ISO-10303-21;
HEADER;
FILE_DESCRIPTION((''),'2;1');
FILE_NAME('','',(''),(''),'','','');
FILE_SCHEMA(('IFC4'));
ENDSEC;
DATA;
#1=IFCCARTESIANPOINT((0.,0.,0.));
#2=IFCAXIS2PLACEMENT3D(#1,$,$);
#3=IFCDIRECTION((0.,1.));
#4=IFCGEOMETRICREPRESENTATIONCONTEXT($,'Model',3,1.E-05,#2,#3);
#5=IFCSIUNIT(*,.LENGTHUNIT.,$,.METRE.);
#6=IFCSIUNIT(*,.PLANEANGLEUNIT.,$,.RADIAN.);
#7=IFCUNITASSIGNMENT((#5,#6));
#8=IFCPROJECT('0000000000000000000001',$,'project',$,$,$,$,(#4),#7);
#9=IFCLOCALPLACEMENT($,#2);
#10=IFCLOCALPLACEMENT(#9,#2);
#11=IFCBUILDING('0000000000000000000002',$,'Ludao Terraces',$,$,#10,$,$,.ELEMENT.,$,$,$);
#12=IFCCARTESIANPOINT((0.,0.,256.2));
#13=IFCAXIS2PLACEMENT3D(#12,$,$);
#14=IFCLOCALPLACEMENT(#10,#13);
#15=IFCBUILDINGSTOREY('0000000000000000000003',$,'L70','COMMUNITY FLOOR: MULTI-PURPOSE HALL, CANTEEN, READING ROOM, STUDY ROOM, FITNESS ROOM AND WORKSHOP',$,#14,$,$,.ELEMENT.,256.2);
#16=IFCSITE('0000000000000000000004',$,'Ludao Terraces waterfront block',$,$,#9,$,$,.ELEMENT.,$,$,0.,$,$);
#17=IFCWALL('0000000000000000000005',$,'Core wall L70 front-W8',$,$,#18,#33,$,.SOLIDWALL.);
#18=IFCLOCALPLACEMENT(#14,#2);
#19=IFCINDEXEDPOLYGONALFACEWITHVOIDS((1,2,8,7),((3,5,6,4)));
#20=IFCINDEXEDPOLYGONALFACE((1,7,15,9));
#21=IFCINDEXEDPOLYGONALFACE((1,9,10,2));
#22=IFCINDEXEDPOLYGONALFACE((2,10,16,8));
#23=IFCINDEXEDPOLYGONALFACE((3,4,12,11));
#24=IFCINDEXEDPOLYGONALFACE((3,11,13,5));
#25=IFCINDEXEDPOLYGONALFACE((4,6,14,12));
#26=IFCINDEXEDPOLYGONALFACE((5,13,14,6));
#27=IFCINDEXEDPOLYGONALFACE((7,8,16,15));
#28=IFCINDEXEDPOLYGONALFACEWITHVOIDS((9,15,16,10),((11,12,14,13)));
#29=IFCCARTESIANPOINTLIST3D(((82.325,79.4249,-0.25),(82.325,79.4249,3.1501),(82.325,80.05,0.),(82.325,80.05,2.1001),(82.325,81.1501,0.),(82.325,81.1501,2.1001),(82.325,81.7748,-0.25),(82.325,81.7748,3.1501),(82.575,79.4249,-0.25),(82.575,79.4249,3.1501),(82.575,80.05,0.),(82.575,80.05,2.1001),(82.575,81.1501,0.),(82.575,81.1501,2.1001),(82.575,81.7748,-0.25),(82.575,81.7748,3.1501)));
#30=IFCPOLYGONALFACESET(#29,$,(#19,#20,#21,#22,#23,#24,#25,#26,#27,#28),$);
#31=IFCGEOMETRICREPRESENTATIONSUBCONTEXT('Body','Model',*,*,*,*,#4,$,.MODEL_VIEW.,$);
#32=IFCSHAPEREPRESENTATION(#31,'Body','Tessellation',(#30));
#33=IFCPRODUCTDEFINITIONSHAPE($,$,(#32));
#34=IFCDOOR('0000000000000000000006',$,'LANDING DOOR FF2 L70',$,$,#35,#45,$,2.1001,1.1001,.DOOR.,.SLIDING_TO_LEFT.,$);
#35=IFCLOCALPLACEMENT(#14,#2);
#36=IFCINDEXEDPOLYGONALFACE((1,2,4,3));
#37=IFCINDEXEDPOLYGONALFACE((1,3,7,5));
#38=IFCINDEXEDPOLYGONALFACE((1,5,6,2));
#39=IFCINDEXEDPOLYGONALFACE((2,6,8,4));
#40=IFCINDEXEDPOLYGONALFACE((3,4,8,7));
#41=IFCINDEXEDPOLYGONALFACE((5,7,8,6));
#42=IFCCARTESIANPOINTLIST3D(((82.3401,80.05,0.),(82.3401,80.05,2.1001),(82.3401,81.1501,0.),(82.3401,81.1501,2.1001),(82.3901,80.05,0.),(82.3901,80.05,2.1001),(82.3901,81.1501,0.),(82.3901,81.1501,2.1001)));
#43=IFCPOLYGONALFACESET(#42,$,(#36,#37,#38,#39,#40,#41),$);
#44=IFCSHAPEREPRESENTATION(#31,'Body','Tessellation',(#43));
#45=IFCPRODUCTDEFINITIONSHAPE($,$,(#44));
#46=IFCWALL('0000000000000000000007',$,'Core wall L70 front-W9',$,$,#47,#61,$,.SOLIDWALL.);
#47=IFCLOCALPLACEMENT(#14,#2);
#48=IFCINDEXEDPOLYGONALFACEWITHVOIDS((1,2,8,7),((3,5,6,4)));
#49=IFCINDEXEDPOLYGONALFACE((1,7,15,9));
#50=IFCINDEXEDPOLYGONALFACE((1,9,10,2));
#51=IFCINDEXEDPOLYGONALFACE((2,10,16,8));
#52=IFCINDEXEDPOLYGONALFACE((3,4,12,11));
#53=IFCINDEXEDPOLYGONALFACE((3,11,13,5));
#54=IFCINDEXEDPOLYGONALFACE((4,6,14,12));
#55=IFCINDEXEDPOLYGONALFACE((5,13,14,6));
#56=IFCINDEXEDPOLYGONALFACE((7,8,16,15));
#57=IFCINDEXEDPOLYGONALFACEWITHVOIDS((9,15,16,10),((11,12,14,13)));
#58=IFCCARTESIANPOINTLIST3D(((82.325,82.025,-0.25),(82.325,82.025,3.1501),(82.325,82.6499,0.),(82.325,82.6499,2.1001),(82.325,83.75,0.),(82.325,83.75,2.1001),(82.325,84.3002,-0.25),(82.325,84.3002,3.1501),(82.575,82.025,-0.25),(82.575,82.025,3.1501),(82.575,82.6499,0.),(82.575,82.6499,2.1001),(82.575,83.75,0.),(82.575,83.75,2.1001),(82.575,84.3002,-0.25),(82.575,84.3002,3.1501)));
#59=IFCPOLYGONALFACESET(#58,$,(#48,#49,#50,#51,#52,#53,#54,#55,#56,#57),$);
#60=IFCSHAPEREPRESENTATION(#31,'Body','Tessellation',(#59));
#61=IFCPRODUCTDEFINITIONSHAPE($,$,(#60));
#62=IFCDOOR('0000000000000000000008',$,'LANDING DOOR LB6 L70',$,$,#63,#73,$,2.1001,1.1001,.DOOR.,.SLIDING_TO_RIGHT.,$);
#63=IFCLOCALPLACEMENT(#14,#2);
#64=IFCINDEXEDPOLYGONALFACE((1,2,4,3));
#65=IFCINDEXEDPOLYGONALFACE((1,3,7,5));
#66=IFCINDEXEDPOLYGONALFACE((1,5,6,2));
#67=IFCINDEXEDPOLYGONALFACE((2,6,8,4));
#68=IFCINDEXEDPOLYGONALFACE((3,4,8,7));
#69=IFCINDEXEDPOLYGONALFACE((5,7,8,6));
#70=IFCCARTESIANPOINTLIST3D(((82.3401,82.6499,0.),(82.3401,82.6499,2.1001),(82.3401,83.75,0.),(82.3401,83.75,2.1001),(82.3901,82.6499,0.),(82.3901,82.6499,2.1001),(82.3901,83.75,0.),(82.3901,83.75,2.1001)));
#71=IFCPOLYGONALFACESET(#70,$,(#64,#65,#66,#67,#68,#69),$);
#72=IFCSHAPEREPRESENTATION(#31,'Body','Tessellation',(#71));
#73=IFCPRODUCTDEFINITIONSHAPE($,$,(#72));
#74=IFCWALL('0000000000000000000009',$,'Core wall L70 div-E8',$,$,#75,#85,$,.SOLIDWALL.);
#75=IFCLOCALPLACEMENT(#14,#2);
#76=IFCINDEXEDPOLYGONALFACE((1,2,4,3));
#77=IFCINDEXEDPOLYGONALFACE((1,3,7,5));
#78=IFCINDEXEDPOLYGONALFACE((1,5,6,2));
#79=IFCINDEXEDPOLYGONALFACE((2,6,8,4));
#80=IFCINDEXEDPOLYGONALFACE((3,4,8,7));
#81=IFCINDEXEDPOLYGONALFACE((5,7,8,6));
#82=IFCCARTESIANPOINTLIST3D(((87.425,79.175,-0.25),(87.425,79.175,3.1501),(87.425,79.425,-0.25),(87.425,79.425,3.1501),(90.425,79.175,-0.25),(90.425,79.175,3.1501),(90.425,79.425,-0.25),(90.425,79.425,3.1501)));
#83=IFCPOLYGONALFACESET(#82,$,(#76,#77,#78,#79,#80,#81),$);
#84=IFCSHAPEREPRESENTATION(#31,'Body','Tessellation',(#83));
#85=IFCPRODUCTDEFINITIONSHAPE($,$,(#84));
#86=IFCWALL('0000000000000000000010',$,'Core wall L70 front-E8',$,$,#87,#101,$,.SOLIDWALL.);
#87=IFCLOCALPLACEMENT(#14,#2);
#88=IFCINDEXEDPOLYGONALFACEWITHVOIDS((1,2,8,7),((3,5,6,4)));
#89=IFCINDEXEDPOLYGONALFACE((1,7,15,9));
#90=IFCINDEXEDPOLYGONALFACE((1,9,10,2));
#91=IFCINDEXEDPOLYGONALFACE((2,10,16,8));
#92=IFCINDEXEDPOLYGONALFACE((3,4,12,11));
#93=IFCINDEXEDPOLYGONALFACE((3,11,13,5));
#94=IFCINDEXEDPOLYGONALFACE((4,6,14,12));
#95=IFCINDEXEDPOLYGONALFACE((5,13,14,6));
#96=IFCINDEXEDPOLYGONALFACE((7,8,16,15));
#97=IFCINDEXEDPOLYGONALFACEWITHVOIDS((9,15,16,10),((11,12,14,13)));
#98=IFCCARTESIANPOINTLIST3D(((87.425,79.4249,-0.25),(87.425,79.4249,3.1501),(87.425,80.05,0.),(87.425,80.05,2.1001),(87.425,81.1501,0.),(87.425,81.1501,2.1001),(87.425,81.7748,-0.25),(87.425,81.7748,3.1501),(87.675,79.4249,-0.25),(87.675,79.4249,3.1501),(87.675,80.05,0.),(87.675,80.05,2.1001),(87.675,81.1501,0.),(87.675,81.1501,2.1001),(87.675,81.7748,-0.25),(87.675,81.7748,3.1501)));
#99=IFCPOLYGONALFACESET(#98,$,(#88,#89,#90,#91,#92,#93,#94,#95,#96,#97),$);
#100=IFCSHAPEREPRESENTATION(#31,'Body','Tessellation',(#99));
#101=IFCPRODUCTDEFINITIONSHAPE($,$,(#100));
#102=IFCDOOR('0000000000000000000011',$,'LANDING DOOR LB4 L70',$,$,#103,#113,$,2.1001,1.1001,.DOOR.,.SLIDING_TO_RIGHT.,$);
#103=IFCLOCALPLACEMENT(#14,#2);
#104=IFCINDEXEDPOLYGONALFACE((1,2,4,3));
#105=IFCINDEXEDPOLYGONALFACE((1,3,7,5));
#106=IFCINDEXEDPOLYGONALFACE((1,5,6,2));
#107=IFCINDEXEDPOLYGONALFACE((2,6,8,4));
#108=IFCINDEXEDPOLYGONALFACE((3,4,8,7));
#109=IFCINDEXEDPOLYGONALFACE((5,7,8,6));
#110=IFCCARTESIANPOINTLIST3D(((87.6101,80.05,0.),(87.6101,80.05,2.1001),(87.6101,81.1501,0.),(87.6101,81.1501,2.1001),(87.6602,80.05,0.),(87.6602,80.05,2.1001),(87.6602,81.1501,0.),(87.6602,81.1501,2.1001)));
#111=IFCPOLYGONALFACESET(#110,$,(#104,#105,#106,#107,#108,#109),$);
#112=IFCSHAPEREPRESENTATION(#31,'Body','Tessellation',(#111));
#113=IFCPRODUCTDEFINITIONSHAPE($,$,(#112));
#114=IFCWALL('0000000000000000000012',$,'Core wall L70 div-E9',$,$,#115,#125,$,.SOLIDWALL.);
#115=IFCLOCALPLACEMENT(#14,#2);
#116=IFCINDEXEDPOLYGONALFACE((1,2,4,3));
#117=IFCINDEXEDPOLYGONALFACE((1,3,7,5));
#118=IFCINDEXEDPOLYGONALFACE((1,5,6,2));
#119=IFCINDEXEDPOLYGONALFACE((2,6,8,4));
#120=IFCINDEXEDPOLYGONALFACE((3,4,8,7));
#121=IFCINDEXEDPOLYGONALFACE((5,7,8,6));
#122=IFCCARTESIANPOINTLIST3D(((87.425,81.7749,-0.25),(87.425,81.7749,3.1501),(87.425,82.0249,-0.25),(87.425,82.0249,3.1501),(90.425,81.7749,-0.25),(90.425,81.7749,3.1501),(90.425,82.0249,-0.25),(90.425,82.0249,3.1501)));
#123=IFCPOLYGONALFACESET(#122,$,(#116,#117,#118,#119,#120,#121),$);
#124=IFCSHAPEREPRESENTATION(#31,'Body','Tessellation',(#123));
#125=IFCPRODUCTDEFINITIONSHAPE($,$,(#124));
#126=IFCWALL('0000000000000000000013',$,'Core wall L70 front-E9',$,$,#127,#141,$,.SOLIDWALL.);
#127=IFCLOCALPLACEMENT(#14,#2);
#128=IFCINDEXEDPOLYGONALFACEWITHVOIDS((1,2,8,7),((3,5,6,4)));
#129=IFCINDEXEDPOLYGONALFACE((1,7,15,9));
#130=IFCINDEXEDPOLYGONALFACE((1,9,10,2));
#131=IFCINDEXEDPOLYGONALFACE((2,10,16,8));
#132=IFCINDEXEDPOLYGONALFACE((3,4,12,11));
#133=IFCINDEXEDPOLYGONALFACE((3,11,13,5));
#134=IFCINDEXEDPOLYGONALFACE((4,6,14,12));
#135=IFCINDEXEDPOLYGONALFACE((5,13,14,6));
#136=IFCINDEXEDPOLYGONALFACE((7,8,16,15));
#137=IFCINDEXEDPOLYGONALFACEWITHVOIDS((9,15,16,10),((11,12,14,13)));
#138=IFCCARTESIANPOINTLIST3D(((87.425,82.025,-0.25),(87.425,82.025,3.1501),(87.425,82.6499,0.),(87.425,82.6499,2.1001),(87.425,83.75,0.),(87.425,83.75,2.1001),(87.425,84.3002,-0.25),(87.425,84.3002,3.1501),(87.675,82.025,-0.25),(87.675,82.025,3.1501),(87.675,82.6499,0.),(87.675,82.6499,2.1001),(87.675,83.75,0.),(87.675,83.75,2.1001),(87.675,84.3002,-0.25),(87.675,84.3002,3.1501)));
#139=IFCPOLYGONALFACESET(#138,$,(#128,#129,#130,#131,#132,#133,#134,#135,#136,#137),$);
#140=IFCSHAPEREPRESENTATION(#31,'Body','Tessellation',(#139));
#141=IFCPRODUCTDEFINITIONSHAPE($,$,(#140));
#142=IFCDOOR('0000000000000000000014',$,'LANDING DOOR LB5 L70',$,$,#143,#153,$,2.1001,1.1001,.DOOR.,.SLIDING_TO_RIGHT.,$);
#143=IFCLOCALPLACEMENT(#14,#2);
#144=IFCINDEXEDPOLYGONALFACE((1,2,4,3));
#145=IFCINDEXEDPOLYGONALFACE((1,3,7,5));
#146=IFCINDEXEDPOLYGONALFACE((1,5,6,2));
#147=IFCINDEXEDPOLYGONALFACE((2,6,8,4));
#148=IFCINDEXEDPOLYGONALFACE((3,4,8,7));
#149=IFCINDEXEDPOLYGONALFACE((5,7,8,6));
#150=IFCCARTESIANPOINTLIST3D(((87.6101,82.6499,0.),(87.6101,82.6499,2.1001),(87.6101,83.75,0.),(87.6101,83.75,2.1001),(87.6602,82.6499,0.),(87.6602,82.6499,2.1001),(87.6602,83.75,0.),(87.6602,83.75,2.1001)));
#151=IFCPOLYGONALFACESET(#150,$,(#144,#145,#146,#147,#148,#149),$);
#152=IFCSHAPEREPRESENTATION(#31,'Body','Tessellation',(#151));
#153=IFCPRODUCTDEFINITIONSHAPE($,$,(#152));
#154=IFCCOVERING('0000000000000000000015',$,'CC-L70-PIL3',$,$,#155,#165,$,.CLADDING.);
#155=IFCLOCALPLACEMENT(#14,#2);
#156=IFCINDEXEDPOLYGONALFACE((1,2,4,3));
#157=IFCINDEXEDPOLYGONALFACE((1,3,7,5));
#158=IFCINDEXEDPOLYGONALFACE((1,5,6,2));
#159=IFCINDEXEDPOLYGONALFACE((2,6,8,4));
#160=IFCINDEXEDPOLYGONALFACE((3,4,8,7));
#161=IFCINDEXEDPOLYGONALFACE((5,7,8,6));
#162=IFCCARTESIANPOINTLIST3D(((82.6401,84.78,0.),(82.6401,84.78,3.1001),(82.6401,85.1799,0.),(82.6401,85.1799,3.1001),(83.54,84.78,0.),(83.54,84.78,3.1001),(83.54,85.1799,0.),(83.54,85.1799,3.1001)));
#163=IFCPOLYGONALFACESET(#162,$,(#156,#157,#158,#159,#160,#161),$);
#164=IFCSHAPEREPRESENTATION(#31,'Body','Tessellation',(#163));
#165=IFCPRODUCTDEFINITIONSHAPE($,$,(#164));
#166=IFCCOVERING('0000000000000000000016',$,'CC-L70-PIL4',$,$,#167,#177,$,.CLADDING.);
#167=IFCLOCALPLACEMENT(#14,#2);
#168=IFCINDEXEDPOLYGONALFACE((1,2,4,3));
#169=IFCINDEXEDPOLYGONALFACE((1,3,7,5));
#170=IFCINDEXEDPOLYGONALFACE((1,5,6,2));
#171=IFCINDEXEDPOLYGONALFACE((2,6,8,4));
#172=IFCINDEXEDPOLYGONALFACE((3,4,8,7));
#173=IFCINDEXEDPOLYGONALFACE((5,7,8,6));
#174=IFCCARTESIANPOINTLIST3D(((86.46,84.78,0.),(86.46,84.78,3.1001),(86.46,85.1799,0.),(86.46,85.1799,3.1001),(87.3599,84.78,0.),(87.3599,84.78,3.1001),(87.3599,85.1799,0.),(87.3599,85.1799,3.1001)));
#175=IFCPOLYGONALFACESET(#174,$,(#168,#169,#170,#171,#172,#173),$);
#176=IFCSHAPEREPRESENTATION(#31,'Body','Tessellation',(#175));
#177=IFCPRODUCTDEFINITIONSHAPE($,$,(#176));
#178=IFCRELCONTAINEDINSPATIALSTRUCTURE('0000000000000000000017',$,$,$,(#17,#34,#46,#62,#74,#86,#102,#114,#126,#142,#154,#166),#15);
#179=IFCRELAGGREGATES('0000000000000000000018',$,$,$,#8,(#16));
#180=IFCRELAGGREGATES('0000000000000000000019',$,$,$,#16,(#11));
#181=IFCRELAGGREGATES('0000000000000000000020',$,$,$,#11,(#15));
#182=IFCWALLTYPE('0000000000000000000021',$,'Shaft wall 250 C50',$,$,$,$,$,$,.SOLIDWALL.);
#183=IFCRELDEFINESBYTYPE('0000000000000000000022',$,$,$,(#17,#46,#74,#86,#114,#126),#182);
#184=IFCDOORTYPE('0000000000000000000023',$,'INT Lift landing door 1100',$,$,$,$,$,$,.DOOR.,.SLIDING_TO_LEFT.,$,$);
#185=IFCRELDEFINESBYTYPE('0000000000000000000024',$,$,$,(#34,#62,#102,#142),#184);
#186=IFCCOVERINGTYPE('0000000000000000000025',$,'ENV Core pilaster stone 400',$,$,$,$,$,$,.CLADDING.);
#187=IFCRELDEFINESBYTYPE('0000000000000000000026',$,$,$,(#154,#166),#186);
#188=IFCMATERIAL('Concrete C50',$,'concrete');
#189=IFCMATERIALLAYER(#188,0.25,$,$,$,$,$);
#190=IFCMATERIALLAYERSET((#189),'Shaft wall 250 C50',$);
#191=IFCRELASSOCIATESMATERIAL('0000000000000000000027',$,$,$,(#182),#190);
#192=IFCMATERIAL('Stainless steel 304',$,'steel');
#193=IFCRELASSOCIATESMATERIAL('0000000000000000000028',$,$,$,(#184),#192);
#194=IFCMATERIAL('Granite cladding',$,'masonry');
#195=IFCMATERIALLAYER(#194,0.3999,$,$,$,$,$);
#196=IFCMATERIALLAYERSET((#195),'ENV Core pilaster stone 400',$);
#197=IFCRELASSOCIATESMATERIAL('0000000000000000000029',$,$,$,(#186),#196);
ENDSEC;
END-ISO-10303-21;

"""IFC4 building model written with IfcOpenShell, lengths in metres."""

from ifc_helpers import new_model, si_unit, direction, frame, frame_2d, origin, origin_2d, place, context, subcontext, project, spatial, rectangle, extrude, material, layer, layer_set, type_object, element, fill, save


model = new_model("IFC4")

# Units and contexts
model_context = context("Model", 3, precision=1e-05, world=origin(), true_north=direction((0.0, 1.0)))
body_context = subcontext(model_context, "Body", "Model", "MODEL_VIEW")
ifc_project = project(units=[si_unit("LENGTHUNIT", "METRE"), si_unit("PLANEANGLEUNIT", "RADIAN")], contexts=[model_context])

# Site, building, storey
site_placement = place(None, origin())
site = spatial("IfcSite", under=ifc_project, at=site_placement, Name="Ludao Terraces waterfront block", CompositionType="ELEMENT", RefElevation=0.0)
building_placement = place(site_placement, origin())
building = spatial("IfcBuilding", under=site, at=building_placement, Name="Ludao Terraces", CompositionType="ELEMENT")
storey_placement = place(building_placement, frame((0.0, 0.0, 256.2)))
storey = spatial("IfcBuildingStorey", under=building, at=storey_placement, Name="L70", Description="COMMUNITY FLOOR: MULTI-PURPOSE HALL, CANTEEN, READING ROOM, STUDY ROOM, FITNESS ROOM AND WORKSHOP", CompositionType="ELEMENT", Elevation=256.2)

# Walls, openings, doors
ifc_material_1 = material(Name="Concrete C50", Category="concrete")
ifc_layer_1 = layer(ifc_material_1, 0.25)
ifc_layer_set_1 = layer_set([ifc_layer_1], Name="Shaft wall 250 C50")
wall_type = type_object("IfcWallType", Name="Shaft wall 250 C50", PredefinedType="SOLIDWALL", material=ifc_layer_set_1)
wall_1_placement = place(storey_placement, frame((82.45, 79.425, -0.25), z_axis=(0.0, 0.0, 1.0), x_axis=(0.0, 1.0, 0.0)))
wall_1 = element("IfcWall", 1, at=wall_1_placement, inside=storey, type_object=wall_type, Name="Core wall L70 front-W8", PredefinedType="SOLIDWALL", context=body_context, shape_type="SweptSolid", body=[
    extrude(rectangle(XDim=2.3499, YDim=0.25, at=frame_2d((1.1748, 0.0))), origin(), (0.0, 0.0, 1.0), 3.4001),
])
opening_1_placement = place(wall_1_placement, frame((0.625, 0.0, 0.25)))
opening_1 = element("IfcOpeningElement", 2, at=opening_1_placement, cuts=wall_1, PredefinedType="OPENING", context=body_context, shape_type="SweptSolid", body=[
    extrude(rectangle(XDim=1.1001, YDim=2.1001, at=frame_2d((0.55, 1.05))), frame((0.0, 0.135, 0.0), z_axis=(0.0, -1.0, 0.0), x_axis=(1.0, 0.0, 0.0)), (0.0, 0.0, 1.0), 0.27),
])
ifc_material_2 = material(Name="Stainless steel 304", Category="steel")
door_type = type_object("IfcDoorType", Name="INT Lift landing door 1100", OperationType="SLIDING_TO_LEFT", PredefinedType="DOOR", material=ifc_material_2)
door_1_placement = place(opening_1_placement, origin())
door_1 = element("IfcDoor", 3, at=door_1_placement, inside=storey, type_object=door_type, Name="LANDING DOOR FF2 L70", OperationType="SLIDING_TO_LEFT", OverallHeight=2.1001, OverallWidth=1.1001, PredefinedType="DOOR", context=body_context, shape_type="SweptSolid", body=[
    extrude(rectangle(XDim=1.1001, YDim=2.1001, at=frame_2d((0.55, 1.05))), frame((0.0, 0.1099, 0.0), z_axis=(0.0, -1.0, 0.0), x_axis=(1.0, 0.0, 0.0)), (0.0, 0.0, 1.0), 0.05),
])
fill(opening_1, door_1)
wall_2_placement = place(storey_placement, frame((82.45, 82.0249, -0.25), z_axis=(0.0, 0.0, 1.0), x_axis=(0.0, 1.0, 0.0)))
wall_2 = element("IfcWall", 4, at=wall_2_placement, inside=storey, type_object=wall_type, Name="Core wall L70 front-W9", PredefinedType="SOLIDWALL", context=body_context, shape_type="SweptSolid", body=[
    extrude(rectangle(XDim=2.2751, YDim=0.25, at=frame_2d((1.1377, 0.0))), origin(), (0.0, 0.0, 1.0), 3.4001),
])
opening_2_placement = place(wall_2_placement, frame((0.625, 0.0, 0.25)))
opening_2 = element("IfcOpeningElement", 5, at=opening_2_placement, cuts=wall_2, PredefinedType="OPENING", context=body_context, shape_type="SweptSolid", body=[
    extrude(rectangle(XDim=1.1001, YDim=2.1001, at=frame_2d((0.55, 1.05))), frame((0.0, 0.135, 0.0), z_axis=(0.0, -1.0, 0.0), x_axis=(1.0, 0.0, 0.0)), (0.0, 0.0, 1.0), 0.27),
])
door_2_placement = place(opening_2_placement, origin())
door_2 = element("IfcDoor", 6, at=door_2_placement, inside=storey, type_object=door_type, Name="LANDING DOOR LB6 L70", OperationType="SLIDING_TO_RIGHT", OverallHeight=2.1001, OverallWidth=1.1001, PredefinedType="DOOR", context=body_context, shape_type="SweptSolid", body=[
    extrude(rectangle(XDim=1.1001, YDim=2.1001, at=frame_2d((0.55, 1.05))), frame((0.0, 0.1099, 0.0), z_axis=(0.0, -1.0, 0.0), x_axis=(1.0, 0.0, 0.0)), (0.0, 0.0, 1.0), 0.05),
])
fill(opening_2, door_2)

# Wall
wall_3_placement = place(storey_placement, frame((87.425, 79.3, -0.25), z_axis=(0.0, 0.0, 1.0), x_axis=(1.0, 0.0, 0.0)))
element("IfcWall", 7, at=wall_3_placement, inside=storey, type_object=wall_type, Name="Core wall L70 div-E8", PredefinedType="SOLIDWALL", context=body_context, shape_type="SweptSolid", body=[
    extrude(rectangle(XDim=3.0, YDim=0.25, at=frame_2d((1.5, 0.0))), origin(), (0.0, 0.0, 1.0), 3.4001),
])

# Wall, opening, door
wall_4_placement = place(storey_placement, frame((87.55, 79.425, -0.25), z_axis=(0.0, 0.0, 1.0), x_axis=(0.0, 1.0, 0.0)))
wall_4 = element("IfcWall", 8, at=wall_4_placement, inside=storey, type_object=wall_type, Name="Core wall L70 front-E8", PredefinedType="SOLIDWALL", context=body_context, shape_type="SweptSolid", body=[
    extrude(rectangle(XDim=2.3499, YDim=0.25, at=frame_2d((1.1748, 0.0))), origin(), (0.0, 0.0, 1.0), 3.4001),
])
opening_3_placement = place(wall_4_placement, frame((0.625, 0.0, 0.25)))
opening_3 = element("IfcOpeningElement", 9, at=opening_3_placement, cuts=wall_4, PredefinedType="OPENING", context=body_context, shape_type="SweptSolid", body=[
    extrude(rectangle(XDim=1.1001, YDim=2.1001, at=frame_2d((0.55, 1.05))), frame((0.0, 0.135, 0.0), z_axis=(0.0, -1.0, 0.0), x_axis=(1.0, 0.0, 0.0)), (0.0, 0.0, 1.0), 0.27),
])
door_3_placement = place(opening_3_placement, origin())
door_3 = element("IfcDoor", 10, at=door_3_placement, inside=storey, type_object=door_type, Name="LANDING DOOR LB4 L70", OperationType="SLIDING_TO_RIGHT", OverallHeight=2.1001, OverallWidth=1.1001, PredefinedType="DOOR", context=body_context, shape_type="SweptSolid", body=[
    extrude(rectangle(XDim=1.1001, YDim=2.1001, at=frame_2d((0.55, 1.05))), frame((0.0, -0.0601, 0.0), z_axis=(0.0, -1.0, 0.0), x_axis=(1.0, 0.0, 0.0)), (0.0, 0.0, 1.0), 0.05),
])
fill(opening_3, door_3)

# Wall
wall_5_placement = place(storey_placement, frame((87.425, 81.8999, -0.25), z_axis=(0.0, 0.0, 1.0), x_axis=(1.0, 0.0, 0.0)))
element("IfcWall", 11, at=wall_5_placement, inside=storey, type_object=wall_type, Name="Core wall L70 div-E9", PredefinedType="SOLIDWALL", context=body_context, shape_type="SweptSolid", body=[
    extrude(rectangle(XDim=3.0, YDim=0.25, at=frame_2d((1.5, 0.0))), origin(), (0.0, 0.0, 1.0), 3.4001),
])

# Wall, opening, door
wall_6_placement = place(storey_placement, frame((87.55, 82.0249, -0.25), z_axis=(0.0, 0.0, 1.0), x_axis=(0.0, 1.0, 0.0)))
wall_6 = element("IfcWall", 12, at=wall_6_placement, inside=storey, type_object=wall_type, Name="Core wall L70 front-E9", PredefinedType="SOLIDWALL", context=body_context, shape_type="SweptSolid", body=[
    extrude(rectangle(XDim=2.2751, YDim=0.25, at=frame_2d((1.1377, 0.0))), origin(), (0.0, 0.0, 1.0), 3.4001),
])
opening_4_placement = place(wall_6_placement, frame((0.625, 0.0, 0.25)))
opening_4 = element("IfcOpeningElement", 13, at=opening_4_placement, cuts=wall_6, PredefinedType="OPENING", context=body_context, shape_type="SweptSolid", body=[
    extrude(rectangle(XDim=1.1001, YDim=2.1001, at=frame_2d((0.55, 1.05))), frame((0.0, 0.135, 0.0), z_axis=(0.0, -1.0, 0.0), x_axis=(1.0, 0.0, 0.0)), (0.0, 0.0, 1.0), 0.27),
])
door_4_placement = place(opening_4_placement, origin())
door_4 = element("IfcDoor", 14, at=door_4_placement, inside=storey, type_object=door_type, Name="LANDING DOOR LB5 L70", OperationType="SLIDING_TO_RIGHT", OverallHeight=2.1001, OverallWidth=1.1001, PredefinedType="DOOR", context=body_context, shape_type="SweptSolid", body=[
    extrude(rectangle(XDim=1.1001, YDim=2.1001, at=frame_2d((0.55, 1.05))), frame((0.0, -0.0601, 0.0), z_axis=(0.0, -1.0, 0.0), x_axis=(1.0, 0.0, 0.0)), (0.0, 0.0, 1.0), 0.05),
])
fill(opening_4, door_4)

# Coverings
ifc_material_3 = material(Name="Granite cladding", Category="masonry")
ifc_layer_2 = layer(ifc_material_3, 0.3999)
ifc_layer_set_2 = layer_set([ifc_layer_2], Name="ENV Core pilaster stone 400")
covering_type_1 = type_object("IfcCoveringType", Name="ENV Core pilaster stone 400", PredefinedType="CLADDING", material=ifc_layer_set_2)
for number, where, z_axis, x_axis, name in (
    (15, (83.0901, 84.98, 0.0), (0.0, 0.0, 1.0), (1.0, 0.0, 0.0), "CC-L70-PIL3"),
    (16, (86.9099, 84.98, 0.0), (0.0, 0.0, 1.0), (1.0, 0.0, 0.0), "CC-L70-PIL4"),
):
    element("IfcCovering", number, at=place(storey_placement, frame(where, z_axis=z_axis, x_axis=x_axis)), inside=storey, type_object=covering_type_1, Name=name, PredefinedType="CLADDING", context=body_context, shape_type="SweptSolid", body=[
        extrude(rectangle(XDim=0.8999, YDim=0.3999, at=origin_2d()), origin(), (0.0, 0.0, 1.0), 3.1001),
    ])

save(model, "model.ifc")
